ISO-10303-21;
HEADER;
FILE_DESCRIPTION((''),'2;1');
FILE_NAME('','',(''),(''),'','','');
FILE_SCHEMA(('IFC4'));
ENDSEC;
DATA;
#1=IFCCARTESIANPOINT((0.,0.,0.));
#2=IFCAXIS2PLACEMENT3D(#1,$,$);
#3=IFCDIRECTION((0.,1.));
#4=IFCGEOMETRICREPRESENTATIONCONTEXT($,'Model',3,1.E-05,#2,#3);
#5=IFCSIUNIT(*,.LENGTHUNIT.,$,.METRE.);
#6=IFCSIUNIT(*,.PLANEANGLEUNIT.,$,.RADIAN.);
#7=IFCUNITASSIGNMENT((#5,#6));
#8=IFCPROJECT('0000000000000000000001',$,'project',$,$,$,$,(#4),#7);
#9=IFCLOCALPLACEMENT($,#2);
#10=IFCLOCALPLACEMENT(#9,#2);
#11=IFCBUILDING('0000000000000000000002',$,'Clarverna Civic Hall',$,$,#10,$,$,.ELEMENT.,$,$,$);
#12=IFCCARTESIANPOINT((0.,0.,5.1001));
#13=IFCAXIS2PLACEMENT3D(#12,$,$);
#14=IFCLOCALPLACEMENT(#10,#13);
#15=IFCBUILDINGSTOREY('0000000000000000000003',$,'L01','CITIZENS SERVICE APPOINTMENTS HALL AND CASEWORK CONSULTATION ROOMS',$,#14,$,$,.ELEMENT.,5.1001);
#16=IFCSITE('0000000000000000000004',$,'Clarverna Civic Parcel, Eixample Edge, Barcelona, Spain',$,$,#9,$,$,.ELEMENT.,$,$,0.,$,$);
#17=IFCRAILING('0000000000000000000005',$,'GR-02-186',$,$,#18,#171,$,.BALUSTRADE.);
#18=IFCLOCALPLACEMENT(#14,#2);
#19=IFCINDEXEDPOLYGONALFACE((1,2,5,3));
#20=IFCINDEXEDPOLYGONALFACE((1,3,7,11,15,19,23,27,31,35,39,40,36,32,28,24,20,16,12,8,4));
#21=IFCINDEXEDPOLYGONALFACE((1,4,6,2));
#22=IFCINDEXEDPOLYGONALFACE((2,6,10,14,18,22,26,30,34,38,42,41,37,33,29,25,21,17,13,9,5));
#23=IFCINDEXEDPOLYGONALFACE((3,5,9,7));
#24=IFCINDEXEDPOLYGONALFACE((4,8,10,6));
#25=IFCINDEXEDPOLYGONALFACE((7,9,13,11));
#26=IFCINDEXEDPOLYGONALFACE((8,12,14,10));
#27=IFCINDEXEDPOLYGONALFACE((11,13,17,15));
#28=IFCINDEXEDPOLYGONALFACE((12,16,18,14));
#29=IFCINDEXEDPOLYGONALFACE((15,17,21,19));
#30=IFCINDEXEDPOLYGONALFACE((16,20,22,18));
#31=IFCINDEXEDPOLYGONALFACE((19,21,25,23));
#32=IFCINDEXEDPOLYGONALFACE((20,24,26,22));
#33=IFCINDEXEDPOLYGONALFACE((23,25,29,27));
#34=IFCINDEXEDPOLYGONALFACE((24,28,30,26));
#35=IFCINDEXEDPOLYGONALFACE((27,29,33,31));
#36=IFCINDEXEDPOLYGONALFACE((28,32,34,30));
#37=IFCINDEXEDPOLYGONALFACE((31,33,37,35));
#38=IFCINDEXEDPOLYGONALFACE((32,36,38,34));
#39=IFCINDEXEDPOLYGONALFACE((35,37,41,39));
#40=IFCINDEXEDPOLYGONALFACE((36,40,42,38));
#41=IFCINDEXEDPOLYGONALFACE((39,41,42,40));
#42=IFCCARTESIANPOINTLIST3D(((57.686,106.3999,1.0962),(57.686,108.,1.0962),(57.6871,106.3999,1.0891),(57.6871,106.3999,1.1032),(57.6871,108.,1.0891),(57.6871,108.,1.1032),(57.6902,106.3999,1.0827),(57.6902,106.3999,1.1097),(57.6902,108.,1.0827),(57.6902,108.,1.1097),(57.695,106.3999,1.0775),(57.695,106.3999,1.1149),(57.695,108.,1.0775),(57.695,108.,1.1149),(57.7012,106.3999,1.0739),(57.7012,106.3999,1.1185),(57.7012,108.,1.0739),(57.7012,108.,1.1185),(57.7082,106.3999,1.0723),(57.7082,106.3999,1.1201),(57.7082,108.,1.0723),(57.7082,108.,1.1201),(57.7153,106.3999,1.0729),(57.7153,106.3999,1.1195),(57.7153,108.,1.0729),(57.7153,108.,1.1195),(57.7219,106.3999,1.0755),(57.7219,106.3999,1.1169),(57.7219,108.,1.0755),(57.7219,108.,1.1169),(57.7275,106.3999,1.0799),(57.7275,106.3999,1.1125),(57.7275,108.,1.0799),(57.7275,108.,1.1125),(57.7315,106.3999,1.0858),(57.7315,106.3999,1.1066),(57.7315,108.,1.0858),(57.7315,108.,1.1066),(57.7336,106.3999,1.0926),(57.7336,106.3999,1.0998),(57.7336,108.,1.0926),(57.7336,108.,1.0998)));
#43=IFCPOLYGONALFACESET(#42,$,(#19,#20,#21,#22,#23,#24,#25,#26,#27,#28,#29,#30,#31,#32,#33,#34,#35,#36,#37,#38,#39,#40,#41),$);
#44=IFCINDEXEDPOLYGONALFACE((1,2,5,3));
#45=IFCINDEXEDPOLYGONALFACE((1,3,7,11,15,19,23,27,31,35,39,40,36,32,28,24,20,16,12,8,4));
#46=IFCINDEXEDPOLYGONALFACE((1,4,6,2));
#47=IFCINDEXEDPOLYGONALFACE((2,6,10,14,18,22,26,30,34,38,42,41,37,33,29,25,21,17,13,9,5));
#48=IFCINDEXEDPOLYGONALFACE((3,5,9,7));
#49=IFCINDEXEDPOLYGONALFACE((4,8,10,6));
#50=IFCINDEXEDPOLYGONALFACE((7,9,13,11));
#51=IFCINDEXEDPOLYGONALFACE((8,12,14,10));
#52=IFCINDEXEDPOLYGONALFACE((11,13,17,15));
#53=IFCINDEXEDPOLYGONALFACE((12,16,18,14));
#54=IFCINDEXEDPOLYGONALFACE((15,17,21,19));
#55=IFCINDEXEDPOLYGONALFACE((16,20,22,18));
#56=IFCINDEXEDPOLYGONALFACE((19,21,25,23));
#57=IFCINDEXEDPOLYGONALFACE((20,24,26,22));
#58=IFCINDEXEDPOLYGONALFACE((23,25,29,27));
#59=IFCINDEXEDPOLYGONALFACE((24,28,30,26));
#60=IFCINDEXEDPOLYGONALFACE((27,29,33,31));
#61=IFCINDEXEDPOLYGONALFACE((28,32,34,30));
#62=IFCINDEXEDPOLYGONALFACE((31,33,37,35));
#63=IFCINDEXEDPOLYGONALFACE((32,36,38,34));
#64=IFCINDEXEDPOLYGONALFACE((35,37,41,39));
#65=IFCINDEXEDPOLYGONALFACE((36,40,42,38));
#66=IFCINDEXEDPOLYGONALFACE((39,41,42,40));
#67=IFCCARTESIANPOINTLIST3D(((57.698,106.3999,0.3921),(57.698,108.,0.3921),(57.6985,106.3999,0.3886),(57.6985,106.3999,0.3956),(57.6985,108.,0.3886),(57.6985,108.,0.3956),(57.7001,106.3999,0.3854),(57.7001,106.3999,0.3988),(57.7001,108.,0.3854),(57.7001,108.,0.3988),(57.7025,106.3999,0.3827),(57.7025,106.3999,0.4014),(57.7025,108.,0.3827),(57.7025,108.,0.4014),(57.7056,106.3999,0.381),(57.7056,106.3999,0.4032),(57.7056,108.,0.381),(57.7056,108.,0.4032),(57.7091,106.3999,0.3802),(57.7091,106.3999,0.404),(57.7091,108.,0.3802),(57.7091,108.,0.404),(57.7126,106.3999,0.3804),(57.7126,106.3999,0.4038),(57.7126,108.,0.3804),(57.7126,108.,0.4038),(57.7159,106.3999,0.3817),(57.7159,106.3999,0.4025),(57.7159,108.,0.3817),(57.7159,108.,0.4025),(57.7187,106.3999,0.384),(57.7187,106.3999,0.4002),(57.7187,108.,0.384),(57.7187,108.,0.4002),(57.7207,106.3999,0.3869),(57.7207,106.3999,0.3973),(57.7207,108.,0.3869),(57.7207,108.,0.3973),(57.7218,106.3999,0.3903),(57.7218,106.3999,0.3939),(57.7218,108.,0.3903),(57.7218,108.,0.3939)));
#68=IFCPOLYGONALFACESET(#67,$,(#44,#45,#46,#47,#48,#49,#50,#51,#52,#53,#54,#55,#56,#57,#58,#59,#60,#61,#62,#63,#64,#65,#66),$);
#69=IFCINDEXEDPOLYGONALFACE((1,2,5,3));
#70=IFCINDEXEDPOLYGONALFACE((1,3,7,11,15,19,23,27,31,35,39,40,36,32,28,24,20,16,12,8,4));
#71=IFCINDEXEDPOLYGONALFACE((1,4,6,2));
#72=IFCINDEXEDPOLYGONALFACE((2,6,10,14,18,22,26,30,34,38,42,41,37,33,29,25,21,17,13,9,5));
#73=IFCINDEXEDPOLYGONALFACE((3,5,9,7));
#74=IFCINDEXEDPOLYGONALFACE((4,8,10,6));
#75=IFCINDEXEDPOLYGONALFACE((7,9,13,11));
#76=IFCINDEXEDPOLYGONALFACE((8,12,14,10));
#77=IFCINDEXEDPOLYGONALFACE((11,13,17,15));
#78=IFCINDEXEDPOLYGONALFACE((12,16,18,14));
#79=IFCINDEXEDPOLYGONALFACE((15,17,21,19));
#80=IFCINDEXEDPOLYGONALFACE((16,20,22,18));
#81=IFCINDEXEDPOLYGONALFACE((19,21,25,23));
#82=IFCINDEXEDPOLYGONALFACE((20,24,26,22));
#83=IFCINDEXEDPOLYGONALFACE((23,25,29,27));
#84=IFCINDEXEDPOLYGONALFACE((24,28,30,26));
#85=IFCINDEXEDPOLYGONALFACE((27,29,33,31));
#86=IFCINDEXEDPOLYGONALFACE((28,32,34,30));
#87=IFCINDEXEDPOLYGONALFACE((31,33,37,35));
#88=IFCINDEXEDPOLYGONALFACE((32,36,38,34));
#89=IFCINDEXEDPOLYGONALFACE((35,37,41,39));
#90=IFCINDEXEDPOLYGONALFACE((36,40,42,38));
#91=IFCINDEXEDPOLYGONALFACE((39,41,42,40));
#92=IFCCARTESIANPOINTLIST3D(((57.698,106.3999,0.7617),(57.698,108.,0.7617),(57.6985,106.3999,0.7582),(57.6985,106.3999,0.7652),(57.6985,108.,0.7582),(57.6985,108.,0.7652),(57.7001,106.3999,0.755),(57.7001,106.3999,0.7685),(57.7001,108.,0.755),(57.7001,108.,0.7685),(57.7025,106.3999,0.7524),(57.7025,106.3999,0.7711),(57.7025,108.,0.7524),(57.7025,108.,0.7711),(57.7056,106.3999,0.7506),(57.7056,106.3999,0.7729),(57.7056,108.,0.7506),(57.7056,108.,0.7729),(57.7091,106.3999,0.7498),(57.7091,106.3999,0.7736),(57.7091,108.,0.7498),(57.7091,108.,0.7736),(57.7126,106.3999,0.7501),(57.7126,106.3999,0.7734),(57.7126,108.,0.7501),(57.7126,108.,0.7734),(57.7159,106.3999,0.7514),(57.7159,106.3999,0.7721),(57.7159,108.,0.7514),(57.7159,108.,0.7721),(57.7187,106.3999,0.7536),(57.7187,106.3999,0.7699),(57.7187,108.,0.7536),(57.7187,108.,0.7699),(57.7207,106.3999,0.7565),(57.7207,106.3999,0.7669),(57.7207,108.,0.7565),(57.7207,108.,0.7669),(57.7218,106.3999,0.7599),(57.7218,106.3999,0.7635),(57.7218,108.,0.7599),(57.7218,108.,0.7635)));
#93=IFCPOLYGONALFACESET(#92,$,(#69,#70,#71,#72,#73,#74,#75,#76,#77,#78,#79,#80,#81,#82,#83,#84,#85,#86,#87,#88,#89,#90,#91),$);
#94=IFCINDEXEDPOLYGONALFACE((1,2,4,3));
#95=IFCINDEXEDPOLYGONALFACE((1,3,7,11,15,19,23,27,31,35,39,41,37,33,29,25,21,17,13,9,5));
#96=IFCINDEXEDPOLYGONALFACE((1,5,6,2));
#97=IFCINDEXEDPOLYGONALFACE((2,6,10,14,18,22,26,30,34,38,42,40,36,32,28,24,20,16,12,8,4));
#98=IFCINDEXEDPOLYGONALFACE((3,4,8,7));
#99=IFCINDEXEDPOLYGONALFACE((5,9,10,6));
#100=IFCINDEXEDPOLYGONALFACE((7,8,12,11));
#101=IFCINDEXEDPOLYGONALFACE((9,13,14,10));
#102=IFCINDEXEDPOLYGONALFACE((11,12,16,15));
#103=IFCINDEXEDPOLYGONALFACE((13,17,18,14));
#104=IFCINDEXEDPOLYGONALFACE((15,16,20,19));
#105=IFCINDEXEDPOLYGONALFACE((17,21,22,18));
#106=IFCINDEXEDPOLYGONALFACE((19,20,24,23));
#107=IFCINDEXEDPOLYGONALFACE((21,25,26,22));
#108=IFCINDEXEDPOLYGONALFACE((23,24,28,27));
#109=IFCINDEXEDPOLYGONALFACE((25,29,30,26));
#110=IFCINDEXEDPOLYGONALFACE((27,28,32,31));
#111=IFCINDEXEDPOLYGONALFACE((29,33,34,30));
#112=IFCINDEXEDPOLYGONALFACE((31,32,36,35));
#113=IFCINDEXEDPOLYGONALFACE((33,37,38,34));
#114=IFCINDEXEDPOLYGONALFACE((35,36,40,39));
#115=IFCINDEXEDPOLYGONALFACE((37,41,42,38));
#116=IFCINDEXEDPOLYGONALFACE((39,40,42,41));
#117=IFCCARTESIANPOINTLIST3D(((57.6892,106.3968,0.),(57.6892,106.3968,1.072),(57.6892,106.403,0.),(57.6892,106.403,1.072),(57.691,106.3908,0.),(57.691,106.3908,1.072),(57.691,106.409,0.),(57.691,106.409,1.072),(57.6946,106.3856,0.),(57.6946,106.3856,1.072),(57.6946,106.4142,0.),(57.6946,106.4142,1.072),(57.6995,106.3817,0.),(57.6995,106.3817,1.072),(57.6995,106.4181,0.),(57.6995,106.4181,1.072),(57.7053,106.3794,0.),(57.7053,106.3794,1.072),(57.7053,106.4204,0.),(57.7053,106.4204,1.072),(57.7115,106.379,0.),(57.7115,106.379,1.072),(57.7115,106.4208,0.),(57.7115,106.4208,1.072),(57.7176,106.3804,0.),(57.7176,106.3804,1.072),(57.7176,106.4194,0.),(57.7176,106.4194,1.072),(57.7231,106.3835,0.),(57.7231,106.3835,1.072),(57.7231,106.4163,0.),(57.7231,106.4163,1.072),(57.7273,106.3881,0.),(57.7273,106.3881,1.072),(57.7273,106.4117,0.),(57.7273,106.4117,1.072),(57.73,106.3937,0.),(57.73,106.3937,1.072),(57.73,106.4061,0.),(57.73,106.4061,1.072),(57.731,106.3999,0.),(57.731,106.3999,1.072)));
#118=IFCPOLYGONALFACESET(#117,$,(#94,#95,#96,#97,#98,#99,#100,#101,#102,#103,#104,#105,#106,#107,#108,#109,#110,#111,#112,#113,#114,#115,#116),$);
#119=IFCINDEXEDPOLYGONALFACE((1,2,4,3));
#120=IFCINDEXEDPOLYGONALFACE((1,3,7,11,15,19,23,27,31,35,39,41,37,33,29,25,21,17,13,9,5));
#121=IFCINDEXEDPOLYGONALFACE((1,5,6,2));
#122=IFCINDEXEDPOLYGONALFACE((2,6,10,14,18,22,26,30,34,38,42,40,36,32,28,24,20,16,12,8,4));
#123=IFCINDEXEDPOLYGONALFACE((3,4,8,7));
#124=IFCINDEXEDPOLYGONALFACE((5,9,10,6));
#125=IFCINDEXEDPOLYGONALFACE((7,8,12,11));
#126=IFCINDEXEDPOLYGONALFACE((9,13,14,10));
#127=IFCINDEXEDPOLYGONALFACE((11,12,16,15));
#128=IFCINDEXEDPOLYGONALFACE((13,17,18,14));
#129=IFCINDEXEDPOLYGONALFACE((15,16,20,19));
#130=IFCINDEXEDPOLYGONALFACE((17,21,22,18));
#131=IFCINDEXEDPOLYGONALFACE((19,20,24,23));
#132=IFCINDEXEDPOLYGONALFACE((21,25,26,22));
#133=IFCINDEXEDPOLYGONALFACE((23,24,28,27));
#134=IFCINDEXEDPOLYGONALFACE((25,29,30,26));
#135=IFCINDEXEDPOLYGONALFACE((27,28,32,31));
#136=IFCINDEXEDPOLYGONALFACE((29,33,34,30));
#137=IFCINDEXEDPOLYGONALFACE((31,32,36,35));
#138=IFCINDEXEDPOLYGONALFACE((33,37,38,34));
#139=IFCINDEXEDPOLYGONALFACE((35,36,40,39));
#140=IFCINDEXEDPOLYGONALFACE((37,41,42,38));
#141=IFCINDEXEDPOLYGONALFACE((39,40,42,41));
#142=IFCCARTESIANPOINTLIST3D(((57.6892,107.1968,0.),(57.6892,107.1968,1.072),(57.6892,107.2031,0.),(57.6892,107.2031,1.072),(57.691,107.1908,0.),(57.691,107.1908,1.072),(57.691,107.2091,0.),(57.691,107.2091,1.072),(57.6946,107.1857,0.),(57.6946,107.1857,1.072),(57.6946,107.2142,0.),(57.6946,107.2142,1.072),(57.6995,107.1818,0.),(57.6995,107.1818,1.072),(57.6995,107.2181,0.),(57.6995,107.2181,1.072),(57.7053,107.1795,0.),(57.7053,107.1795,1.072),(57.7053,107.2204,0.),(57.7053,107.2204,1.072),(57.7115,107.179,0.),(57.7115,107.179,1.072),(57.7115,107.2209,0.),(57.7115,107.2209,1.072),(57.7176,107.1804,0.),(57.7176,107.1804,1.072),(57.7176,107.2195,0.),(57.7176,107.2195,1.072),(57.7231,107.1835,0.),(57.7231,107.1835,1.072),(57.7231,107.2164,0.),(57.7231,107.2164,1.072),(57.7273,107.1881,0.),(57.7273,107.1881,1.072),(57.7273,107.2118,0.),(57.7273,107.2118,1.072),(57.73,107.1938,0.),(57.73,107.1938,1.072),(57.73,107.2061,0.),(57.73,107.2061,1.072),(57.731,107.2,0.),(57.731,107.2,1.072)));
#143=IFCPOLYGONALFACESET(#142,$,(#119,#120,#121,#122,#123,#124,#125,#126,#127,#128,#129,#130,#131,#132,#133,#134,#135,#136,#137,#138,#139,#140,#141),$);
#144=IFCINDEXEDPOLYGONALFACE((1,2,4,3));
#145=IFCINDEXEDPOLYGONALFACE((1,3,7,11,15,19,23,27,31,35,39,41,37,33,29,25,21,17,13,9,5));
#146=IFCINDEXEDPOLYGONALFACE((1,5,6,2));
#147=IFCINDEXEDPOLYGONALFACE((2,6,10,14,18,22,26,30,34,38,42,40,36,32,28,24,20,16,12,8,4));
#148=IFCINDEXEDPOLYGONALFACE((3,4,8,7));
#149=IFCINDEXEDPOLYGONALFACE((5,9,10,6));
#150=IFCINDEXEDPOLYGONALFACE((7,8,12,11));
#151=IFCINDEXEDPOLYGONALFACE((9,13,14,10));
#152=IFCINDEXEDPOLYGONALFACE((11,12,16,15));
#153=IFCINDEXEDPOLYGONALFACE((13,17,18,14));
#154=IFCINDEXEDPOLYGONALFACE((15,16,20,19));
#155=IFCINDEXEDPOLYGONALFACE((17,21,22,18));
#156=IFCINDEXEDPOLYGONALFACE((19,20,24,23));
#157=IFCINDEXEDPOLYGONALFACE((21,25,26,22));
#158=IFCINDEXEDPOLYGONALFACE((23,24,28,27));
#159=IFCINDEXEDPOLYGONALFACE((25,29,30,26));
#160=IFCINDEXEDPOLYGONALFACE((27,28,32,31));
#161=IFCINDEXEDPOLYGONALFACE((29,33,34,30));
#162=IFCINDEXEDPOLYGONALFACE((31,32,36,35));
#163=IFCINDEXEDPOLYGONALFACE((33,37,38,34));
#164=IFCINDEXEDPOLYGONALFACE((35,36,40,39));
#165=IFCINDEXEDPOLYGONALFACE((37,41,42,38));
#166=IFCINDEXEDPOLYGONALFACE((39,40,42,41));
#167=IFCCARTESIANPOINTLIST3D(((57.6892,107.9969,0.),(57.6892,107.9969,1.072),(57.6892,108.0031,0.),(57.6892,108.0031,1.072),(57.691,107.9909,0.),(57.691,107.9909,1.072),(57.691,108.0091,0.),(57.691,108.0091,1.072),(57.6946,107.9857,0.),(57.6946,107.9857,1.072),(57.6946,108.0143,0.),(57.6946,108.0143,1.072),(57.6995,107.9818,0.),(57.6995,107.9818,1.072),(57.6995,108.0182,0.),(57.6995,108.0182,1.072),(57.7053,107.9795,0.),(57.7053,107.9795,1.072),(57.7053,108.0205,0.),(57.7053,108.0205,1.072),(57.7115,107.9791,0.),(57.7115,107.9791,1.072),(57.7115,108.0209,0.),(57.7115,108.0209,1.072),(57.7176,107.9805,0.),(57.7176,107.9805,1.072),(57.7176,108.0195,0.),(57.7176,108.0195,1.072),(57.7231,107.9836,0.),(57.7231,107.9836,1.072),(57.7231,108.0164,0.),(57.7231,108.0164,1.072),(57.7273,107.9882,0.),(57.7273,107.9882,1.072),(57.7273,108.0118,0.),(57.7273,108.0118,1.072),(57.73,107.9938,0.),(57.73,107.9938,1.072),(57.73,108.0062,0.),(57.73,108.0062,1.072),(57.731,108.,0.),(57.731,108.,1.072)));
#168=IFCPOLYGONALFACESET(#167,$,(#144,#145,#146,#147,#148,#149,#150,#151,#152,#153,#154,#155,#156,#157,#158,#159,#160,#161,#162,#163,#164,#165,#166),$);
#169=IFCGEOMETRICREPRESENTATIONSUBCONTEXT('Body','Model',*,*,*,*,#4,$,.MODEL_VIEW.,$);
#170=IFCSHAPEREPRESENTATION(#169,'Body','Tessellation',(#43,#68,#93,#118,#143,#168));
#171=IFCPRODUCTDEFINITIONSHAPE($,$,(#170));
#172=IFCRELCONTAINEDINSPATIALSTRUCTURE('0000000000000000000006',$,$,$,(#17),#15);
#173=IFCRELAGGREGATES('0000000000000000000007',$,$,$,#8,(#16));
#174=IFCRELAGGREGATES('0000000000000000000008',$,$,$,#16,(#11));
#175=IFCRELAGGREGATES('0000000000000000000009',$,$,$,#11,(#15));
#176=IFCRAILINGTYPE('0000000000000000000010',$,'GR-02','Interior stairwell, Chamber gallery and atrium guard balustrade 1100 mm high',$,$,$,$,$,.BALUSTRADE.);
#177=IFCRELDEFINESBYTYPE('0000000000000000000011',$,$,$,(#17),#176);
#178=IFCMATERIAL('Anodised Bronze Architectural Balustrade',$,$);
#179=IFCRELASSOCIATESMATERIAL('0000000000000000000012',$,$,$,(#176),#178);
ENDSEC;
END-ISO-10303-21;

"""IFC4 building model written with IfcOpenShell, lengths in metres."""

from ifc_helpers import new_model, si_unit, direction, frame, origin, origin_2d, place, context, subcontext, project, spatial, circle, extrude, material, type_object, element, save


model = new_model("IFC4")

# Units and contexts
model_context = context("Model", 3, precision=1e-05, world=origin(), true_north=direction((0.0, 1.0)))
body_context = subcontext(model_context, "Body", "Model", "MODEL_VIEW")
ifc_project = project(units=[si_unit("LENGTHUNIT", "METRE"), si_unit("PLANEANGLEUNIT", "RADIAN")], contexts=[model_context])

# Site, building, storey
site_placement = place(None, origin())
site = spatial("IfcSite", under=ifc_project, at=site_placement, Name="Clarverna Civic Parcel, Eixample Edge, Barcelona, Spain", CompositionType="ELEMENT", RefElevation=0.0)
building_placement = place(site_placement, origin())
building = spatial("IfcBuilding", under=site, at=building_placement, Name="Clarverna Civic Hall", CompositionType="ELEMENT")
storey_placement = place(building_placement, frame((0.0, 0.0, 5.1001)))
storey = spatial("IfcBuildingStorey", under=building, at=storey_placement, Name="L01", Description="CITIZENS SERVICE APPOINTMENTS HALL AND CASEWORK CONSULTATION ROOMS", CompositionType="ELEMENT", Elevation=5.1001)

# Railing
ifc_material_1 = material(Name="Anodised Bronze Architectural Balustrade")
railing_type = type_object("IfcRailingType", Name="GR-02", Description="Interior stairwell, Chamber gallery and atrium guard balustrade 1100 mm high", PredefinedType="BALUSTRADE", material=ifc_material_1)
railing_placement = place(storey_placement, frame((57.71, 106.3999, 0.0)))
element("IfcRailing", 1, at=railing_placement, inside=storey, type_object=railing_type, Name="GR-02-186", PredefinedType="BALUSTRADE", context=body_context, shape_type="SweptSolid", body=[
    extrude(circle(Radius=0.0239, at=origin_2d()), frame((0.0, 0.0, 1.0962), z_axis=(0.0, 1.0, 0.0), x_axis=(-1.0, 0.0, 0.0)), (0.0, 0.0, 1.0), 1.6001),
    extrude(circle(Radius=0.012, at=origin_2d()), frame((0.0, 0.0, 0.3921), z_axis=(0.0, 1.0, 0.0), x_axis=(-1.0, 0.0, 0.0)), (0.0, 0.0, 1.0), 1.6001),
    extrude(circle(Radius=0.012, at=origin_2d()), frame((0.0, 0.0, 0.7617), z_axis=(0.0, 1.0, 0.0), x_axis=(-1.0, 0.0, 0.0)), (0.0, 0.0, 1.0), 1.6001),
    extrude(circle(Radius=0.021, at=origin_2d()), origin(), (0.0, 0.0, 1.0), 1.072),
    extrude(circle(Radius=0.021, at=origin_2d()), frame((0.0, 0.8, 0.0)), (0.0, 0.0, 1.0), 1.072),
    extrude(circle(Radius=0.021, at=origin_2d()), frame((0.0, 1.6001, 0.0)), (0.0, 0.0, 1.0), 1.072),
])

save(model, "model.ifc")
